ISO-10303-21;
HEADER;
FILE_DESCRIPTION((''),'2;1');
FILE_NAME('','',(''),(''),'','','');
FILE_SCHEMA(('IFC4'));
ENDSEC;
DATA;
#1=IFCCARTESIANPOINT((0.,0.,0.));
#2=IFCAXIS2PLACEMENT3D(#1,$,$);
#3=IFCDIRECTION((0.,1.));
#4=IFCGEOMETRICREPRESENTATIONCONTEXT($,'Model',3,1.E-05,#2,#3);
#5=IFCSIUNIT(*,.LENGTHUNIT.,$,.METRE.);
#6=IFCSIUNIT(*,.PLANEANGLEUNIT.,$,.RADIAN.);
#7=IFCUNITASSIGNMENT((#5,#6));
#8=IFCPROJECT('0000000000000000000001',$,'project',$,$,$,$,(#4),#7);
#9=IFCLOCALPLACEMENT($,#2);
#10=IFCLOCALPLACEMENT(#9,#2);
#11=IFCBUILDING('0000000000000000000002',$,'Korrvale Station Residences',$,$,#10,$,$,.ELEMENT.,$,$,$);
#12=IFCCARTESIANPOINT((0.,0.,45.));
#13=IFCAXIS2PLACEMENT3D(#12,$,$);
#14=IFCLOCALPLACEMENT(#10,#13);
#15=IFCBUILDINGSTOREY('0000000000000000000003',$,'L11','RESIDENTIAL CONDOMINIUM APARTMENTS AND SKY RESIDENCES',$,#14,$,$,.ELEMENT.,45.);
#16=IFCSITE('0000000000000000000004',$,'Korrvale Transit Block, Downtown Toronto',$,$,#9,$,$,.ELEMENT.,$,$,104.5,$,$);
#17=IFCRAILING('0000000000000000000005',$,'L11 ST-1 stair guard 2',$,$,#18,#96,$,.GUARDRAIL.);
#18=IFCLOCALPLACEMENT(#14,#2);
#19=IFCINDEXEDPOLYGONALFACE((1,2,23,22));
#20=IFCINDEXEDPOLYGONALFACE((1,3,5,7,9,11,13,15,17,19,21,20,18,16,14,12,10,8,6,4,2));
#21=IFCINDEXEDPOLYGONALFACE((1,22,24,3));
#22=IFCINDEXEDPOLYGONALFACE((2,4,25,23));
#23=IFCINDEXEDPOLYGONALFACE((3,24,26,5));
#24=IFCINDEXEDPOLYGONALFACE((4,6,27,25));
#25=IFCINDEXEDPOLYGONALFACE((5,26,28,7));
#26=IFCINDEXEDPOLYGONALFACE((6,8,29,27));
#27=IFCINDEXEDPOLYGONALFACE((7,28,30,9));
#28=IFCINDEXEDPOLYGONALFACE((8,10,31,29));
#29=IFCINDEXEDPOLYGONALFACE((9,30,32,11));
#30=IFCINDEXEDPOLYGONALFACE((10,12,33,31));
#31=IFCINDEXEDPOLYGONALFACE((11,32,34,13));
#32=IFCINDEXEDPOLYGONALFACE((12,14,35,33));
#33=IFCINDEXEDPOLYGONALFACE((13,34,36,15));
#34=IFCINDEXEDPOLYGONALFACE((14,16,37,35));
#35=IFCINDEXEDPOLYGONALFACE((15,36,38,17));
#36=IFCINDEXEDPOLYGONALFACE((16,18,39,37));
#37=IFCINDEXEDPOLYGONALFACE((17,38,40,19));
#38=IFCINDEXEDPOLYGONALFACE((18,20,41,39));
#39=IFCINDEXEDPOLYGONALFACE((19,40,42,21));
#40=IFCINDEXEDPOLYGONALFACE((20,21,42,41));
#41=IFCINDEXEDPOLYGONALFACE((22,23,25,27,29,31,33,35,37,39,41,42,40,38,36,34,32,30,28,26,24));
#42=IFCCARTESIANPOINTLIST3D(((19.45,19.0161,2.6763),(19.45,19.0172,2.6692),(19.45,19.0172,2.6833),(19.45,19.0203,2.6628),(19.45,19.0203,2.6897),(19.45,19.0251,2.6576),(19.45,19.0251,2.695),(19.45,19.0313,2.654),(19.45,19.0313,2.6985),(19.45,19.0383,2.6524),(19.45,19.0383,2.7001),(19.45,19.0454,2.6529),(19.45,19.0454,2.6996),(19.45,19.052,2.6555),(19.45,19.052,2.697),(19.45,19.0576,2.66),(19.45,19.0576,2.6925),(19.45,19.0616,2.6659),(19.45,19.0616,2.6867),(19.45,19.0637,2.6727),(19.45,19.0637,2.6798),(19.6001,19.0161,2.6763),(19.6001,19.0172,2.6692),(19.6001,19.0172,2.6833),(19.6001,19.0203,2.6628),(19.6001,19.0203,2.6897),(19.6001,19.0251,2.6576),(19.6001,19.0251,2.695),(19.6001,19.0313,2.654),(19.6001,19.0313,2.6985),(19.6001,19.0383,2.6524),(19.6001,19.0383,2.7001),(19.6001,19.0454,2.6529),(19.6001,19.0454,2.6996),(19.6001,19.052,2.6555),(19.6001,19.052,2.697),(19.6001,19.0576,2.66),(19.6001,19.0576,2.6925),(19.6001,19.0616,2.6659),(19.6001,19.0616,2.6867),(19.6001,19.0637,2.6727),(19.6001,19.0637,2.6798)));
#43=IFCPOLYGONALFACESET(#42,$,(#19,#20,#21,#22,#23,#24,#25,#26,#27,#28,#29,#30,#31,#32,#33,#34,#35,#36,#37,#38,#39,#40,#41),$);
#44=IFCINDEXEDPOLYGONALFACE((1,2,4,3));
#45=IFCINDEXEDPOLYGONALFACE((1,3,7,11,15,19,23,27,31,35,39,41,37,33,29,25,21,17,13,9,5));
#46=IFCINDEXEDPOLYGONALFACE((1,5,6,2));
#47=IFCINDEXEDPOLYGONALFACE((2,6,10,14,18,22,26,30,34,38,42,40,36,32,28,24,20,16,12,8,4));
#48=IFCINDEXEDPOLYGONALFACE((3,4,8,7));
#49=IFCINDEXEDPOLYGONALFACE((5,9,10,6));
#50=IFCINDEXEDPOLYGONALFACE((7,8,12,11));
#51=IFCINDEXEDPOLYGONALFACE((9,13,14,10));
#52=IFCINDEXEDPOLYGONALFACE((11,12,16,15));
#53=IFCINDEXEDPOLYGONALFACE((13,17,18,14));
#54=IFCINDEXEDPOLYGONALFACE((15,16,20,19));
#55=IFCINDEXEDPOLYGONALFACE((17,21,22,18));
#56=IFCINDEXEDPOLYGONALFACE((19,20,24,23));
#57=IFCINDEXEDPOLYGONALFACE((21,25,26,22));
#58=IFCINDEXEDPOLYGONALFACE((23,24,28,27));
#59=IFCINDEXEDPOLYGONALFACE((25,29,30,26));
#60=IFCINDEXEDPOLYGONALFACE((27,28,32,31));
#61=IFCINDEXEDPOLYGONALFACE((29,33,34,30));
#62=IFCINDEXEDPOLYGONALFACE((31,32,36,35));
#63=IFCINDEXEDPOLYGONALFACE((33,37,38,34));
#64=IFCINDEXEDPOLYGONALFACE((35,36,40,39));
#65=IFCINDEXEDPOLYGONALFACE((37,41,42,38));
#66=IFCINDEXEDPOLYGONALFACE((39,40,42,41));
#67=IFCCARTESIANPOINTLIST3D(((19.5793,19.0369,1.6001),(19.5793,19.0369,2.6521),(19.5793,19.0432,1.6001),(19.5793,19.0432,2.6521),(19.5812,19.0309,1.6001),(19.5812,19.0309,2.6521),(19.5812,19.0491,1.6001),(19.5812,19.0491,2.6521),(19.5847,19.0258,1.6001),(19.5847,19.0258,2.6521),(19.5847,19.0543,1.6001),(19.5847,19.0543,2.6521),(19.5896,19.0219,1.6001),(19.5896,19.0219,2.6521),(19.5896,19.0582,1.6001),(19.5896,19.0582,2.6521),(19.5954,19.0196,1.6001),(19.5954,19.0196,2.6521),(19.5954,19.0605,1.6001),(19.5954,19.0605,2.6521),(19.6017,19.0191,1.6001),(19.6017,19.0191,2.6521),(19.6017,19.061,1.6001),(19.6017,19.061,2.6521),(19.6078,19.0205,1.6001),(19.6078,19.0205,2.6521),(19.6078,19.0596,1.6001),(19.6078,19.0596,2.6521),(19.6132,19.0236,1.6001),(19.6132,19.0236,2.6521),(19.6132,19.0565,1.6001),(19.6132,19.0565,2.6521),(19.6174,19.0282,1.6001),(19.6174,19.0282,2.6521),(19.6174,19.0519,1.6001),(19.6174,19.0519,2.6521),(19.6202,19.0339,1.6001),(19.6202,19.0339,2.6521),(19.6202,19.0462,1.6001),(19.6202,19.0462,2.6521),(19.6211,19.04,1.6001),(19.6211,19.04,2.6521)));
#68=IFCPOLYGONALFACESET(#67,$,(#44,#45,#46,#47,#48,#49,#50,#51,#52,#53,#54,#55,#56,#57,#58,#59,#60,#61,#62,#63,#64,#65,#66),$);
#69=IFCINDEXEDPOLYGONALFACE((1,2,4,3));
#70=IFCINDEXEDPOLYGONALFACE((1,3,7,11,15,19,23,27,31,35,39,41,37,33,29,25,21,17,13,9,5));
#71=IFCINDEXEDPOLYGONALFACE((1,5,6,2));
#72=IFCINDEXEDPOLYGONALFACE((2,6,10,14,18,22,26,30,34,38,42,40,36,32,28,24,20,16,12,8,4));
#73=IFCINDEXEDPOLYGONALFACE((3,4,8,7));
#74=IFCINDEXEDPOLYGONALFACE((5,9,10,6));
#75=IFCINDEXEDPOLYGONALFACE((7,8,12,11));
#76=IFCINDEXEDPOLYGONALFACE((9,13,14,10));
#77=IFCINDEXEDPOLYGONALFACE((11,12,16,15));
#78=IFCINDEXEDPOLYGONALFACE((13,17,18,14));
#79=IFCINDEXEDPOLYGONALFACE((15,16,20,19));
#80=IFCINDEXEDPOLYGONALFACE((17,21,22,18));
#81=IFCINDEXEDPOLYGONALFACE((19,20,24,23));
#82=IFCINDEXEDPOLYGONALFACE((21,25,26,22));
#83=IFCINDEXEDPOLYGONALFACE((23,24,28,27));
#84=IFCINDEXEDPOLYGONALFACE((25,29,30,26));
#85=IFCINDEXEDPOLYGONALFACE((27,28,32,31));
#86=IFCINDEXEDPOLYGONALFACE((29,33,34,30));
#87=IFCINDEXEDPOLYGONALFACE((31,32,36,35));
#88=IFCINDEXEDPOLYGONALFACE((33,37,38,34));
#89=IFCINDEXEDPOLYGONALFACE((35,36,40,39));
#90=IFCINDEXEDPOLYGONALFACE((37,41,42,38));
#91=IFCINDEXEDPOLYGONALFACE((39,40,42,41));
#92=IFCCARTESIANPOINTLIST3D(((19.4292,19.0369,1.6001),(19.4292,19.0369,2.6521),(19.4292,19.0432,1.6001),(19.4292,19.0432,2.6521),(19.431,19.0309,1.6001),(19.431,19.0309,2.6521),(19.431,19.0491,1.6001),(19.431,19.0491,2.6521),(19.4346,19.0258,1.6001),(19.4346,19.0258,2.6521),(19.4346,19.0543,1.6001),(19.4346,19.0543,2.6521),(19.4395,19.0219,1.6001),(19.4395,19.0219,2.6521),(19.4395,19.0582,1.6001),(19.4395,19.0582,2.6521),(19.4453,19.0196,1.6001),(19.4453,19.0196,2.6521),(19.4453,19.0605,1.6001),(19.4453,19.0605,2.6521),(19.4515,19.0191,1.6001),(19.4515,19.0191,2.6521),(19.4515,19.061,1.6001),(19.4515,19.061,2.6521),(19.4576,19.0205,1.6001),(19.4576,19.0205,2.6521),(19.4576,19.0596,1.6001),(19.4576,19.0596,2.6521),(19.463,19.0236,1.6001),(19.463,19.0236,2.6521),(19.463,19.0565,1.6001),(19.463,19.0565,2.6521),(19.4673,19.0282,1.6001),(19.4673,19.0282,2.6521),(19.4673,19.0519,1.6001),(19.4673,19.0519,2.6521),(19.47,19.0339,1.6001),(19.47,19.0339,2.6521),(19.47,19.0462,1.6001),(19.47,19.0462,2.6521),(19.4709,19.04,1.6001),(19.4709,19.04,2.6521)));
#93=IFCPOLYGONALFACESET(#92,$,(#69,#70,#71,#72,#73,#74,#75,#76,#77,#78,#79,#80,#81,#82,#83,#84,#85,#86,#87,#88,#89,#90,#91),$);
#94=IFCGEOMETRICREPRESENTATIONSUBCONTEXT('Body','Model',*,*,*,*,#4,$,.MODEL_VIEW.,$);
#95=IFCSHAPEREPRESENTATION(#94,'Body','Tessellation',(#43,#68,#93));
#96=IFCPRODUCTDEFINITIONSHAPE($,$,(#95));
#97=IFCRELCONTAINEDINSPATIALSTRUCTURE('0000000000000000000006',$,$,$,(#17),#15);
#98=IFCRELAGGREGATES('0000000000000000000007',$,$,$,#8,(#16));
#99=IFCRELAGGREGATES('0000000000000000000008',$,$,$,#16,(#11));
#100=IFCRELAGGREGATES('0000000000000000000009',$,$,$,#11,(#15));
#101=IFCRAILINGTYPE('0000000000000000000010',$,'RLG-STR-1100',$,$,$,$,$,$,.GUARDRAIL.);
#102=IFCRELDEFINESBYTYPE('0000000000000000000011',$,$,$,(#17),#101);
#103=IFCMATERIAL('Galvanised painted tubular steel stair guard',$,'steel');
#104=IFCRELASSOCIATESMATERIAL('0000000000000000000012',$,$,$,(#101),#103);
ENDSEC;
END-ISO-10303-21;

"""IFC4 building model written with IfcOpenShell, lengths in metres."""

from ifc_helpers import new_model, si_unit, direction, frame, origin, origin_2d, place, context, subcontext, project, spatial, circle, extrude, material, type_object, element, save


model = new_model("IFC4")

# Units and contexts
model_context = context("Model", 3, precision=1e-05, world=origin(), true_north=direction((0.0, 1.0)))
body_context = subcontext(model_context, "Body", "Model", "MODEL_VIEW")
ifc_project = project(units=[si_unit("LENGTHUNIT", "METRE"), si_unit("PLANEANGLEUNIT", "RADIAN")], contexts=[model_context])

# Site, building, storey
site_placement = place(None, origin())
site = spatial("IfcSite", under=ifc_project, at=site_placement, Name="Korrvale Transit Block, Downtown Toronto", CompositionType="ELEMENT", RefElevation=104.5)
building_placement = place(site_placement, origin())
building = spatial("IfcBuilding", under=site, at=building_placement, Name="Korrvale Station Residences", CompositionType="ELEMENT")
storey_placement = place(building_placement, frame((0.0, 0.0, 45.0)))
storey = spatial("IfcBuildingStorey", under=building, at=storey_placement, Name="L11", Description="RESIDENTIAL CONDOMINIUM APARTMENTS AND SKY RESIDENCES", CompositionType="ELEMENT", Elevation=45.0)

# Railing
ifc_material_1 = material(Name="Galvanised painted tubular steel stair guard", Category="steel")
railing_type_1 = type_object("IfcRailingType", Name="RLG-STR-1100", PredefinedType="GUARDRAIL", material=ifc_material_1)
railing_1_placement = place(storey_placement, frame((19.6001, 19.04, 1.6001)))
element("IfcRailing", 1, at=railing_1_placement, inside=storey, type_object=railing_type_1, Name="L11 ST-1 stair guard 2", PredefinedType="GUARDRAIL", context=body_context, shape_type="SweptSolid", body=[
    extrude(circle(Radius=0.0239, at=origin_2d()), frame((0.0, 0.0, 1.0762), z_axis=(-1.0, 0.0, 0.0), x_axis=(0.0, -1.0, 0.0)), (0.0, 0.0, 1.0), 0.1501),
    extrude(circle(Radius=0.021, at=origin_2d()), origin(), (0.0, 0.0, 1.0), 1.052),
    extrude(circle(Radius=0.021, at=origin_2d()), frame((-0.1501, 0.0, 0.0)), (0.0, 0.0, 1.0), 1.052),
])

save(model, "model.ifc")
